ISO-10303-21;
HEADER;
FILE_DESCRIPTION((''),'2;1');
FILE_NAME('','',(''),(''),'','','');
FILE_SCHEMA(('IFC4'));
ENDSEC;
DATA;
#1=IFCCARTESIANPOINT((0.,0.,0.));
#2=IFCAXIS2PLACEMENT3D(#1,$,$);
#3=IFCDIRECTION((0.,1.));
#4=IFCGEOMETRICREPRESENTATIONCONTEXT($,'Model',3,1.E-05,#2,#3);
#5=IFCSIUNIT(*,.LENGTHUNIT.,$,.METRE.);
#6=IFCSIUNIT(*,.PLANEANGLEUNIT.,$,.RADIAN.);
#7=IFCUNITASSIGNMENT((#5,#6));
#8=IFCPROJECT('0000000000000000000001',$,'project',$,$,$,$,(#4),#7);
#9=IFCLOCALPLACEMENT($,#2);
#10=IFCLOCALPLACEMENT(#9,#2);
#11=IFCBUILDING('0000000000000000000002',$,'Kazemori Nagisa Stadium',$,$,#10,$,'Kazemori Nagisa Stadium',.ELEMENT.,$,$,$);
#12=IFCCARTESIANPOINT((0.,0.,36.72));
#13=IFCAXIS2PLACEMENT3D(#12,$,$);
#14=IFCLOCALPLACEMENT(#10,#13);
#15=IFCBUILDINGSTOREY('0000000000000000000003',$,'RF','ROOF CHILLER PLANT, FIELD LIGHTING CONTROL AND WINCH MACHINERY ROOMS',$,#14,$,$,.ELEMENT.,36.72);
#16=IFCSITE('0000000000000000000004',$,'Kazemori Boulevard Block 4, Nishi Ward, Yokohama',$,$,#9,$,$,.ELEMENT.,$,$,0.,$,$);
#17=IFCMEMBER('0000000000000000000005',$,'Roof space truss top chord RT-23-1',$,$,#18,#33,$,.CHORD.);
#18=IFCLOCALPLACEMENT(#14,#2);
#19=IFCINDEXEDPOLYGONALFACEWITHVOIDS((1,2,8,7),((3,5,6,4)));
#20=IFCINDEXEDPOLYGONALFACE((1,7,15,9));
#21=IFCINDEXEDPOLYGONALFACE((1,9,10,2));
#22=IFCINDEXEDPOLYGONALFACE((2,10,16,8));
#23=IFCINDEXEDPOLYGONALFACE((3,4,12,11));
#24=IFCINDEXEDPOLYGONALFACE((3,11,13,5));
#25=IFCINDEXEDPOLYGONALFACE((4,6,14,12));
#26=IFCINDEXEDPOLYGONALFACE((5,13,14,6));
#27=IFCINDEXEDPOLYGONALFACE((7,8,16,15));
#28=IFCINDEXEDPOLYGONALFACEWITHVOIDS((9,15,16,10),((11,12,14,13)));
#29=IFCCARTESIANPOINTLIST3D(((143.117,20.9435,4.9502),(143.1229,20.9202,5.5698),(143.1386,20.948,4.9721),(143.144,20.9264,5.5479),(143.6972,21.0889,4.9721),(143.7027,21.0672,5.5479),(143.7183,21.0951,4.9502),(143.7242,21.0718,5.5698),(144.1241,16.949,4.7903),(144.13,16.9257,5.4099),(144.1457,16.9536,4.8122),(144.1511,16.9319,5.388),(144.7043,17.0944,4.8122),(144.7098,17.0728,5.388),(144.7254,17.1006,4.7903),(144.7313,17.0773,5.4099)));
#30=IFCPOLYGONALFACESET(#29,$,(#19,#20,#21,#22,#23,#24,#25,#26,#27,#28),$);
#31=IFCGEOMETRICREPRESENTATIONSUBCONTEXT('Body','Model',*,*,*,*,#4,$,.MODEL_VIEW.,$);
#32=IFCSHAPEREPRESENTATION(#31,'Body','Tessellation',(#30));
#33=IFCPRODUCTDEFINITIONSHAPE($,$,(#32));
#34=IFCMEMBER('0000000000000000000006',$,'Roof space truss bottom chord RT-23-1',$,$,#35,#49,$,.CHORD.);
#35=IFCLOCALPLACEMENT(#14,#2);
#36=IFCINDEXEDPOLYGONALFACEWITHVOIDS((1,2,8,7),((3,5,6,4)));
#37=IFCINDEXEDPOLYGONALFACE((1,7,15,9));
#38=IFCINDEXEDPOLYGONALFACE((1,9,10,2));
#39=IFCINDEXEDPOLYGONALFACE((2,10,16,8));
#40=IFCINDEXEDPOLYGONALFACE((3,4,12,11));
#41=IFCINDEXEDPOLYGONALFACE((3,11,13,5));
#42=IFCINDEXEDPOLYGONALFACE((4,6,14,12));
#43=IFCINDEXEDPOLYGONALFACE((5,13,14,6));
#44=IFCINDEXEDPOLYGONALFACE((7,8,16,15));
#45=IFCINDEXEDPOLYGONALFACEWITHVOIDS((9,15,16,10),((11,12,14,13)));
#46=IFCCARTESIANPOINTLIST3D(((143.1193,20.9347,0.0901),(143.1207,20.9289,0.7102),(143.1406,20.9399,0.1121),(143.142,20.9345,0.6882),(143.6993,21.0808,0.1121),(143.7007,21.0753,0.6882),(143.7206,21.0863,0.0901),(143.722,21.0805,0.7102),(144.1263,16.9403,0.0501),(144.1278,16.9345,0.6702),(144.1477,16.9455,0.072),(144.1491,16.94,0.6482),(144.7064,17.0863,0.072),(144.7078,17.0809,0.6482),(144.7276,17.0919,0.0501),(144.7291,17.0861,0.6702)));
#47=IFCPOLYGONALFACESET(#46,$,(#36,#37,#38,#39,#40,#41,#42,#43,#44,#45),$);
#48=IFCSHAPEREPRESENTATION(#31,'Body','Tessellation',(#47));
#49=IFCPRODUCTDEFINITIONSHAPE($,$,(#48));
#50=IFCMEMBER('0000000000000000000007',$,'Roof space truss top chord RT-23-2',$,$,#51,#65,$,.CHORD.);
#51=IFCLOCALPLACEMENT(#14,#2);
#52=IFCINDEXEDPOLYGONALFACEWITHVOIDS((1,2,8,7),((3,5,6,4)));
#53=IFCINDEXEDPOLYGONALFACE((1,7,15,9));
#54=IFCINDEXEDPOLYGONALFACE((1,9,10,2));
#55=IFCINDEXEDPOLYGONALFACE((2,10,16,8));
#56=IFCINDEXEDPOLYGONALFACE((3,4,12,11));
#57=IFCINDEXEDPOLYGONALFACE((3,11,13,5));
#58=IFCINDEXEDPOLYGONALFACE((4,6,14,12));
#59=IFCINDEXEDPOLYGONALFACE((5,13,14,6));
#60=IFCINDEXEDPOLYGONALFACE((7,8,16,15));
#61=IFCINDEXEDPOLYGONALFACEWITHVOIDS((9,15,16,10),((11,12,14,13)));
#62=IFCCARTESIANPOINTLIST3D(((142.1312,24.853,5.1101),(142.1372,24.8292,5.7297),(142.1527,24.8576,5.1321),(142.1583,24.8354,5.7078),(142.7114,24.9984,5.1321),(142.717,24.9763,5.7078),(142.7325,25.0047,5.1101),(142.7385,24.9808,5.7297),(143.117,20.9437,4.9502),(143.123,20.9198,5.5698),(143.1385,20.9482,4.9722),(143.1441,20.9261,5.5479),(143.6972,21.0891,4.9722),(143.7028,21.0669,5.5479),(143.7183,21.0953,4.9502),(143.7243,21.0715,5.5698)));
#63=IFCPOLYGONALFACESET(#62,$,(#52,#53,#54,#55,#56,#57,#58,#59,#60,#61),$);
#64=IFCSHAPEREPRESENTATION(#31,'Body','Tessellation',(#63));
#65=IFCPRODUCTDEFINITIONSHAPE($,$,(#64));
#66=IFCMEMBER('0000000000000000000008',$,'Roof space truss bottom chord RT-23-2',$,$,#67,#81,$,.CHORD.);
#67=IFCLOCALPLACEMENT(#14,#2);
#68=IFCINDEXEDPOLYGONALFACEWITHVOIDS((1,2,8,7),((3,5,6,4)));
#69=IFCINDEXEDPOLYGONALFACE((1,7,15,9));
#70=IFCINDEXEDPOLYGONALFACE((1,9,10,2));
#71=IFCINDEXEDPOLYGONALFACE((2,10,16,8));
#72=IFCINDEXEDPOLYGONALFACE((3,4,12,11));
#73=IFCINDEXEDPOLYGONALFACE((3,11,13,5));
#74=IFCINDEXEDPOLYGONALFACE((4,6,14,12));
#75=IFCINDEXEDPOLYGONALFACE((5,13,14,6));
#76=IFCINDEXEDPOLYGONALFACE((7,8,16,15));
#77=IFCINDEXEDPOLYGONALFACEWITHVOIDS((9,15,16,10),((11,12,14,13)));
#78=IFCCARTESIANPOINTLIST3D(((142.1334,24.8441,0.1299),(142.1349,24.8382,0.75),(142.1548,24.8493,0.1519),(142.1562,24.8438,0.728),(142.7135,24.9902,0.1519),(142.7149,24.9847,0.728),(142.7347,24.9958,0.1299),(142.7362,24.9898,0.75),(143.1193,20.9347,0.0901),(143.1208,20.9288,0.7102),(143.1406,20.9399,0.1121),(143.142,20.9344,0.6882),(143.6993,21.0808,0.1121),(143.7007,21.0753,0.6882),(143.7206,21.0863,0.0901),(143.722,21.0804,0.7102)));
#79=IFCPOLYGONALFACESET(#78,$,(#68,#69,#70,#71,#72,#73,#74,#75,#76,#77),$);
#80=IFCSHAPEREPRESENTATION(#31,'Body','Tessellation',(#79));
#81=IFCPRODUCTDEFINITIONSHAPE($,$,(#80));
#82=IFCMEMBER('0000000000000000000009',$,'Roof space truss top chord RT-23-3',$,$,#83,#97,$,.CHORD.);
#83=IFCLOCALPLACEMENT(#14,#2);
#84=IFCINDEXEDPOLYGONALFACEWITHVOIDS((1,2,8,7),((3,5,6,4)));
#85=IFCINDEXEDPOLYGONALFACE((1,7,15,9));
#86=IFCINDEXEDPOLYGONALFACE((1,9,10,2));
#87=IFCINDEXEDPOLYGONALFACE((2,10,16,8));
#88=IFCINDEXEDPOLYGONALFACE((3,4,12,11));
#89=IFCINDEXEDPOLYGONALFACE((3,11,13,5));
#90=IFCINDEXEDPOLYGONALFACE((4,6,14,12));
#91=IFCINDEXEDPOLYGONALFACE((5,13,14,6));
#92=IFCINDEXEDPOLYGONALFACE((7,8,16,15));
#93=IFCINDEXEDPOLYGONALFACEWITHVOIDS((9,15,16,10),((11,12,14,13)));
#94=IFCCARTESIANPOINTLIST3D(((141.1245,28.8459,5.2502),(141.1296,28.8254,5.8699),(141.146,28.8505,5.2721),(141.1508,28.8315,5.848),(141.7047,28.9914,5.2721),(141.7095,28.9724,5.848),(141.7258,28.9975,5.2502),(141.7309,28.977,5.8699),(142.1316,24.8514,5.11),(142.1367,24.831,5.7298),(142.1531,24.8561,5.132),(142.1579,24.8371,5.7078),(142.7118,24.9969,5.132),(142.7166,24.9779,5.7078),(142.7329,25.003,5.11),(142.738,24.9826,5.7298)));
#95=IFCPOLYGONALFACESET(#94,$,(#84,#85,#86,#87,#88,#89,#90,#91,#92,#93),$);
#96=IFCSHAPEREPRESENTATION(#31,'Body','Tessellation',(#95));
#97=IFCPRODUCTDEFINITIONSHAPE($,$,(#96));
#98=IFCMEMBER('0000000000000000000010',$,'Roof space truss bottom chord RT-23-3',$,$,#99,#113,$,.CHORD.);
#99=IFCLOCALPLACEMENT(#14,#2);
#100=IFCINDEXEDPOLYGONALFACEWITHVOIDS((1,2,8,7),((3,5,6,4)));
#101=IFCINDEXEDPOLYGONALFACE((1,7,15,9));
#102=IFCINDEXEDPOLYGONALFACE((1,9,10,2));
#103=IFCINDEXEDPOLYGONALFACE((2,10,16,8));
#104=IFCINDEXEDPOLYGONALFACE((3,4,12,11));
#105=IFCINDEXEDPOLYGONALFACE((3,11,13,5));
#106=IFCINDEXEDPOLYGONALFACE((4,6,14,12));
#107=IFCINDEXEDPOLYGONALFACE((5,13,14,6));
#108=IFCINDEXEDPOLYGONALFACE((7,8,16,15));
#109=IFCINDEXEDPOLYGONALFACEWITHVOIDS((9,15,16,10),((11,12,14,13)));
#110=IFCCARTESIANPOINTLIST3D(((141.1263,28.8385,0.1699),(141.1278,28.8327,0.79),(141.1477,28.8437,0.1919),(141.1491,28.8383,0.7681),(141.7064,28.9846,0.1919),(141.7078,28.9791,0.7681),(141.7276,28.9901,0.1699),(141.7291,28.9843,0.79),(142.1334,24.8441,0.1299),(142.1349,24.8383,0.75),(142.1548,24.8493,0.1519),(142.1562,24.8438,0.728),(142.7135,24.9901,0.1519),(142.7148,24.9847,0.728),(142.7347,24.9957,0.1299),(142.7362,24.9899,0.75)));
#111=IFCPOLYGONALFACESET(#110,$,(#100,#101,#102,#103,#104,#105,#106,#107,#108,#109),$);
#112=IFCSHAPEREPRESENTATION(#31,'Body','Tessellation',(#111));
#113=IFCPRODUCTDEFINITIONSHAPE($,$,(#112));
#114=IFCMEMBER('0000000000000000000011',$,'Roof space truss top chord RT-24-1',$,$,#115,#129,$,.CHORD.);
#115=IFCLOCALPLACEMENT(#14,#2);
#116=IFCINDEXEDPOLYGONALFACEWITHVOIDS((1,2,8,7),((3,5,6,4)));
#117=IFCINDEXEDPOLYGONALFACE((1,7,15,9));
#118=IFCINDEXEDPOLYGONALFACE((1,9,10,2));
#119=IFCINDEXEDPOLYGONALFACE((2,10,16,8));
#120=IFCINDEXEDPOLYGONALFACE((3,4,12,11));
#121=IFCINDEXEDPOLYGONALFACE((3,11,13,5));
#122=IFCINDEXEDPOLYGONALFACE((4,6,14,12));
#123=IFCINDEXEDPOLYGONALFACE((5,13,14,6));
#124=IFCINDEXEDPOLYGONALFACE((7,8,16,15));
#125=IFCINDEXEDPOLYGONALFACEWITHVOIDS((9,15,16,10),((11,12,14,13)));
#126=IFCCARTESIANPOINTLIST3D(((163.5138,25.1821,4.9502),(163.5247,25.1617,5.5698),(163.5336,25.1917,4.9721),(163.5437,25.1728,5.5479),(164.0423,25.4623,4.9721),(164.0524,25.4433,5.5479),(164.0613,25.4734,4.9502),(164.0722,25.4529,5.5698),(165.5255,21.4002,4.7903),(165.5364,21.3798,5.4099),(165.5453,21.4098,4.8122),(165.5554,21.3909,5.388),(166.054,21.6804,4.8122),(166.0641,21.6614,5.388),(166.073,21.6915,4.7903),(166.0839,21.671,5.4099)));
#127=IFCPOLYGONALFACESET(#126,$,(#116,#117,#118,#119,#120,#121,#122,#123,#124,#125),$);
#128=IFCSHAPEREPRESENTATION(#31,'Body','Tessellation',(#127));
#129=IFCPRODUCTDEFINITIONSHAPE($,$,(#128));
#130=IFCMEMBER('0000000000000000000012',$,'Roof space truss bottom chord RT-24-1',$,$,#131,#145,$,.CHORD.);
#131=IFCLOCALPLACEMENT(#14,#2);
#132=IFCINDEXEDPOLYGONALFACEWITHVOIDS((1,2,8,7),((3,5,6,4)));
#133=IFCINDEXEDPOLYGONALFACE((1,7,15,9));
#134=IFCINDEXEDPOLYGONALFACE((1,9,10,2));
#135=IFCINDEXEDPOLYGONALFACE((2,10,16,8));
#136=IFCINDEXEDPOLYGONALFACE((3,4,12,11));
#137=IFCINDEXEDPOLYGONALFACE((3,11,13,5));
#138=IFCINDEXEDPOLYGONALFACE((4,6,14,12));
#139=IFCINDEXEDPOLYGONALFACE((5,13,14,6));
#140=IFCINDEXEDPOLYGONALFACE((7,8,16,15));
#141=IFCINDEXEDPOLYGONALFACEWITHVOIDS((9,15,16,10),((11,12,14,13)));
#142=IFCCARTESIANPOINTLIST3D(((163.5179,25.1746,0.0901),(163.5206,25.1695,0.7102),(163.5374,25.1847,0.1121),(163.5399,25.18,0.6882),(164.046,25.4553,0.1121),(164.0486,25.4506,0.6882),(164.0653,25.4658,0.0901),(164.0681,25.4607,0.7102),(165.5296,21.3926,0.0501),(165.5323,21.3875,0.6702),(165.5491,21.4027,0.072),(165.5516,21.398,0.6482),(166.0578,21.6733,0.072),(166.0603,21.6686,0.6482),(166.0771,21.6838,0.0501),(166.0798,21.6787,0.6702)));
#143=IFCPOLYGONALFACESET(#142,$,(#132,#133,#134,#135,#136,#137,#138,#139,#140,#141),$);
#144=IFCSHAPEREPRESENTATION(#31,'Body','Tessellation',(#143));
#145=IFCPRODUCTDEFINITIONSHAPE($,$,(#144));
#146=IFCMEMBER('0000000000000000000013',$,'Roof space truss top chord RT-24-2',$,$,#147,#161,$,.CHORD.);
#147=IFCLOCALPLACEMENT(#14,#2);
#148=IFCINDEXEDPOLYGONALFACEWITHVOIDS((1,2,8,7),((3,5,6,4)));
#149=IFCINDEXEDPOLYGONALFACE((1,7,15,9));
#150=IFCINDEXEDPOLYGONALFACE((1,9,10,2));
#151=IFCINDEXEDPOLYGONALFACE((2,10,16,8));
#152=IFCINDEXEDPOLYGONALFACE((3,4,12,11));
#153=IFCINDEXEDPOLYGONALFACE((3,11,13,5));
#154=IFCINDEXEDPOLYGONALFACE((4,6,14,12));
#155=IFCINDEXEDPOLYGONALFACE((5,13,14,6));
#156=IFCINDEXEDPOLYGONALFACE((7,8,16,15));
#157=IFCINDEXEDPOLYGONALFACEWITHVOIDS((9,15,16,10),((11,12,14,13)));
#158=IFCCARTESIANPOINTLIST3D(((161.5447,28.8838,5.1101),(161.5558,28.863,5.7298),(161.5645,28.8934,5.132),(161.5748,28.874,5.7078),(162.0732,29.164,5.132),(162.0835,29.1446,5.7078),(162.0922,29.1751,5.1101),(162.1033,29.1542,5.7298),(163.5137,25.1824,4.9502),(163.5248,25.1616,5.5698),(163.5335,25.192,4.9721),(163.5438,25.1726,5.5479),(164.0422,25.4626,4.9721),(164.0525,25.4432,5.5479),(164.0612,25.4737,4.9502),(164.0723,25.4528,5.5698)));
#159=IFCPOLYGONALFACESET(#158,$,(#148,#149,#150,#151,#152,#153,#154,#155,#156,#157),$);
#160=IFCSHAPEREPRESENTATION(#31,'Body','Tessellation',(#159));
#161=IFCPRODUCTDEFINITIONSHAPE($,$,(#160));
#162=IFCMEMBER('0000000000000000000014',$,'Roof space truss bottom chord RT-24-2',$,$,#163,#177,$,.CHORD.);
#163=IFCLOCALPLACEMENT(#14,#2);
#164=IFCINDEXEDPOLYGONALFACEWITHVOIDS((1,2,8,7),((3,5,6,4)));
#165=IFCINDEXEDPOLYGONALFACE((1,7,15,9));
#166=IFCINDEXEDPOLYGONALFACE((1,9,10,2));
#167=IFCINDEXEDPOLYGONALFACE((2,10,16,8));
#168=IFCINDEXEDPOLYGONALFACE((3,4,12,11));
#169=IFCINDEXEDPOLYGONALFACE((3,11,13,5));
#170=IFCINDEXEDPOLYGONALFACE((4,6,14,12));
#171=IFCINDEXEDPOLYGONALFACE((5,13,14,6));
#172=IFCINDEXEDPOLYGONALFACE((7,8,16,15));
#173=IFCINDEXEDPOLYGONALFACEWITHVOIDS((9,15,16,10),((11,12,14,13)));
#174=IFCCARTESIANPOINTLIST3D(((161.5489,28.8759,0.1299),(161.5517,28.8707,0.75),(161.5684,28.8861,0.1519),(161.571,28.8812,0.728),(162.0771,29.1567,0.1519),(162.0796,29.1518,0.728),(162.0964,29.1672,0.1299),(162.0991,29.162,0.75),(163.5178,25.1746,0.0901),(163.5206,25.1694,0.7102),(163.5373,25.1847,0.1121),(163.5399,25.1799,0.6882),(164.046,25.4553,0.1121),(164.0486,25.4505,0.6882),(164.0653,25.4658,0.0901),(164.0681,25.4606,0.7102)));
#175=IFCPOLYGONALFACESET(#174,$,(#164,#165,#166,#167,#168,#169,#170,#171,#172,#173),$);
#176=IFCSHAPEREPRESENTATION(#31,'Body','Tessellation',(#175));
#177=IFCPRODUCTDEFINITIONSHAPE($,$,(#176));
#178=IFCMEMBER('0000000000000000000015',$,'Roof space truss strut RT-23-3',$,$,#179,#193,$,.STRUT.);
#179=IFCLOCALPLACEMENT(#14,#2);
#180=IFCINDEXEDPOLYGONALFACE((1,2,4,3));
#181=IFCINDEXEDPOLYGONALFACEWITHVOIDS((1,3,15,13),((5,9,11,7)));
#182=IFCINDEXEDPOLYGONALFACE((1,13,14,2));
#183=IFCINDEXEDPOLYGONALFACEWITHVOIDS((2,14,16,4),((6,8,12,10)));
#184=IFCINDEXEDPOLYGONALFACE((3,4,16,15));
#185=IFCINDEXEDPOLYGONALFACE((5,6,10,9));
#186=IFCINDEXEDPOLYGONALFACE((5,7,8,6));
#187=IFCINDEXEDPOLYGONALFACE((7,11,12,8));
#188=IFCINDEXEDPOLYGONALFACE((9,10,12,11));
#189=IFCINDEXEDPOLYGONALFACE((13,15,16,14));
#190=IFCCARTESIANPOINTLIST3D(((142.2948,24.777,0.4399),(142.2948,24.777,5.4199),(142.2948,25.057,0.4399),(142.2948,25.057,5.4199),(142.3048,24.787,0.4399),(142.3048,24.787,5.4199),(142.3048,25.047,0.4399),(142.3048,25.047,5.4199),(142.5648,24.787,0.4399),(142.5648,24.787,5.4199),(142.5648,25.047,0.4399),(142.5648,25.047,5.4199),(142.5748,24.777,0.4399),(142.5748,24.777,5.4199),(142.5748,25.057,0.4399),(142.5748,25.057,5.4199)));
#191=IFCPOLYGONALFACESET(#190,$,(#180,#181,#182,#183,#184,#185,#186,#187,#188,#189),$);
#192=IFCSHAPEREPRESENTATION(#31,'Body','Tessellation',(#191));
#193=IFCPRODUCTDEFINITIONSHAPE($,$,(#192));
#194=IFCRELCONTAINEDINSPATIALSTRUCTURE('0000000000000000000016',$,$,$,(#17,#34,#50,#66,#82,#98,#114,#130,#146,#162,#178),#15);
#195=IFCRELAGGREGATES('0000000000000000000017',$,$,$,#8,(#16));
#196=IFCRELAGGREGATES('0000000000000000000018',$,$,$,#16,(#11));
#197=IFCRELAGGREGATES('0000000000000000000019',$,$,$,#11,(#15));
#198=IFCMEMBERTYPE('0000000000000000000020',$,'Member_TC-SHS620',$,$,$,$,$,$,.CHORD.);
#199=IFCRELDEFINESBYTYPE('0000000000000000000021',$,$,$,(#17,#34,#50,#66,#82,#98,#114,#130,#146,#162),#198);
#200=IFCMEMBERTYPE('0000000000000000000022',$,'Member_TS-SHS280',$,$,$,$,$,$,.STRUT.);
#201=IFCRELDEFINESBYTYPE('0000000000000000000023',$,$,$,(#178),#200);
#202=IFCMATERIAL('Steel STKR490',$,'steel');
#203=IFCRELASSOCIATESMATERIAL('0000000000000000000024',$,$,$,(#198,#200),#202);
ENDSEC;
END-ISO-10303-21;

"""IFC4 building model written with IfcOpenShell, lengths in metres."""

from ifc_helpers import new_model, si_unit, direction, frame, origin, origin_2d, place, context, subcontext, project, spatial, hollow_rectangle, extrude, material, material_profile, profile_set, type_object, element, save


model = new_model("IFC4")

# Units and contexts
model_context = context("Model", 3, precision=1e-05, world=origin(), true_north=direction((0.0, 1.0)))
body_context = subcontext(model_context, "Body", "Model", "MODEL_VIEW")
ifc_project = project(units=[si_unit("LENGTHUNIT", "METRE"), si_unit("PLANEANGLEUNIT", "RADIAN")], contexts=[model_context])

# Site, building, storey
site_placement = place(None, origin())
site = spatial("IfcSite", under=ifc_project, at=site_placement, Name="Kazemori Boulevard Block 4, Nishi Ward, Yokohama", CompositionType="ELEMENT", RefElevation=0.0)
building_placement = place(site_placement, origin())
building = spatial("IfcBuilding", under=site, at=building_placement, Name="Kazemori Nagisa Stadium", LongName="Kazemori Nagisa Stadium", CompositionType="ELEMENT")
storey_placement = place(building_placement, frame((0.0, 0.0, 36.72)))
storey = spatial("IfcBuildingStorey", under=building, at=storey_placement, Name="RF", Description="ROOF CHILLER PLANT, FIELD LIGHTING CONTROL AND WINCH MACHINERY ROOMS", CompositionType="ELEMENT", Elevation=36.72)

# Members
ifc_material_1 = material(Name="Steel STKR490", Category="steel")
ifc_material_profile_1 = material_profile(ifc_material_1, hollow_rectangle(XDim=0.6201, YDim=0.6201, WallThickness=0.022, at=origin_2d()), Name="SHS-620x620x22")
ifc_profile_set_1 = profile_set([ifc_material_profile_1], Name="Steel STKR490")
member_type_1 = type_object("IfcMemberType", Name="Member_TC-SHS620", PredefinedType="CHORD", material=ifc_profile_set_1)
member_1_placement = place(storey_placement, frame((144.4277, 17.0132, 5.1001), z_axis=(-0.24429, 0.968926, 0.03879), x_axis=(-0.969656, -0.244473, 0.0)))
element("IfcMember", 1, at=member_1_placement, inside=storey, type_object=member_type_1, Name="Roof space truss top chord RT-23-1", PredefinedType="CHORD", context=body_context, shape_type="SweptSolid", body=[
    extrude(hollow_rectangle(XDim=0.6201, YDim=0.6201, WallThickness=0.022, at=origin_2d()), origin(), (0.0, 0.0, 1.0), 4.1226),
])
member_2_placement = place(storey_placement, frame((144.4277, 17.0132, 0.3601), z_axis=(-0.244462, 0.96961, 0.009719), x_axis=(-0.969656, -0.244473, 0.0)))
element("IfcMember", 2, at=member_2_placement, inside=storey, type_object=member_type_1, Name="Roof space truss bottom chord RT-23-1", PredefinedType="CHORD", context=body_context, shape_type="SweptSolid", body=[
    extrude(hollow_rectangle(XDim=0.6201, YDim=0.6201, WallThickness=0.022, at=origin_2d()), origin(), (0.0, 0.0, 1.0), 4.1196),
])
member_3_placement = place(storey_placement, frame((143.4207, 21.0076, 5.26), z_axis=(-0.244323, 0.968884, 0.039631), x_axis=(-0.969645, -0.244516, 0.0)))
element("IfcMember", 3, at=member_3_placement, inside=storey, type_object=member_type_1, Name="Roof space truss top chord RT-23-2", PredefinedType="CHORD", context=body_context, shape_type="SweptSolid", body=[
    extrude(hollow_rectangle(XDim=0.6201, YDim=0.6201, WallThickness=0.022, at=origin_2d()), origin(), (0.0, 0.0, 1.0), 4.0349),
])
member_4_placement = place(storey_placement, frame((143.4207, 21.0076, 0.4001), z_axis=(-0.244504, 0.969598, 0.00987), x_axis=(-0.969645, -0.244516, 0.0)))
element("IfcMember", 4, at=member_4_placement, inside=storey, type_object=member_type_1, Name="Roof space truss bottom chord RT-23-2", PredefinedType="CHORD", context=body_context, shape_type="SweptSolid", body=[
    extrude(hollow_rectangle(XDim=0.6201, YDim=0.6201, WallThickness=0.022, at=origin_2d()), origin(), (0.0, 0.0, 1.0), 4.032),
])
member_5_placement = place(storey_placement, frame((142.4348, 24.917, 5.4199), z_axis=(-0.244332, 0.969095, 0.033999), x_axis=(-0.969656, -0.244473, 0.0)))
element("IfcMember", 5, at=member_5_placement, inside=storey, type_object=member_type_1, Name="Roof space truss top chord RT-23-3", PredefinedType="CHORD", context=body_context, shape_type="SweptSolid", body=[
    extrude(hollow_rectangle(XDim=0.6201, YDim=0.6201, WallThickness=0.022, at=origin_2d()), origin(), (0.0, 0.0, 1.0), 4.1218),
])
member_6_placement = place(storey_placement, frame((142.4348, 24.917, 0.4399), z_axis=(-0.244462, 0.96961, 0.009719), x_axis=(-0.969656, -0.244473, 0.0)))
element("IfcMember", 6, at=member_6_placement, inside=storey, type_object=member_type_1, Name="Roof space truss bottom chord RT-23-3", PredefinedType="CHORD", context=body_context, shape_type="SweptSolid", body=[
    extrude(hollow_rectangle(XDim=0.6201, YDim=0.6201, WallThickness=0.022, at=origin_2d()), origin(), (0.0, 0.0, 1.0), 4.1196),
])
member_7_placement = place(storey_placement, frame((165.8047, 21.5356, 5.1001), z_axis=(-0.469291, 0.882255, 0.037304), x_axis=(-0.88287, -0.469618, 0.0)))
element("IfcMember", 7, at=member_7_placement, inside=storey, type_object=member_type_1, Name="Roof space truss top chord RT-24-1", PredefinedType="CHORD", context=body_context, shape_type="SweptSolid", body=[
    extrude(hollow_rectangle(XDim=0.6201, YDim=0.6201, WallThickness=0.022, at=origin_2d()), origin(), (0.0, 0.0, 1.0), 4.2866),
])
member_8_placement = place(storey_placement, frame((165.8047, 21.5356, 0.3601), z_axis=(-0.469597, 0.882831, 0.009346), x_axis=(-0.88287, -0.469618, 0.0)))
element("IfcMember", 8, at=member_8_placement, inside=storey, type_object=member_type_1, Name="Roof space truss bottom chord RT-24-1", PredefinedType="CHORD", context=body_context, shape_type="SweptSolid", body=[
    extrude(hollow_rectangle(XDim=0.6201, YDim=0.6201, WallThickness=0.022, at=origin_2d()), origin(), (0.0, 0.0, 1.0), 4.2839),
])
member_9_placement = place(storey_placement, frame((163.793, 25.3176, 5.26), z_axis=(-0.469301, 0.882215, 0.038114), x_axis=(-0.882857, -0.469642, 0.0)))
element("IfcMember", 9, at=member_9_placement, inside=storey, type_object=member_type_1, Name="Roof space truss top chord RT-24-2", PredefinedType="CHORD", context=body_context, shape_type="SweptSolid", body=[
    extrude(hollow_rectangle(XDim=0.6201, YDim=0.6201, WallThickness=0.022, at=origin_2d()), origin(), (0.0, 0.0, 1.0), 4.1956),
])
member_10_placement = place(storey_placement, frame((163.793, 25.3176, 0.4001), z_axis=(-0.469621, 0.882817, 0.009491), x_axis=(-0.882857, -0.469642, 0.0)))
element("IfcMember", 10, at=member_10_placement, inside=storey, type_object=member_type_1, Name="Roof space truss bottom chord RT-24-2", PredefinedType="CHORD", context=body_context, shape_type="SweptSolid", body=[
    extrude(hollow_rectangle(XDim=0.6201, YDim=0.6201, WallThickness=0.022, at=origin_2d()), origin(), (0.0, 0.0, 1.0), 4.1926),
])
ifc_material_profile_2 = material_profile(ifc_material_1, hollow_rectangle(XDim=0.28, YDim=0.28, WallThickness=0.01, at=origin_2d()), Name="SHS-280x280x10")
ifc_profile_set_2 = profile_set([ifc_material_profile_2], Name="Steel STKR490")
member_type_2 = type_object("IfcMemberType", Name="Member_TS-SHS280", PredefinedType="STRUT", material=ifc_profile_set_2)
member_11_placement = place(storey_placement, frame((142.4348, 24.917, 0.4399), z_axis=(0.0, 0.0, 1.0), x_axis=(1.0, 0.0, 0.0)))
element("IfcMember", 11, at=member_11_placement, inside=storey, type_object=member_type_2, Name="Roof space truss strut RT-23-3", PredefinedType="STRUT", context=body_context, shape_type="SweptSolid", body=[
    extrude(hollow_rectangle(XDim=0.28, YDim=0.28, WallThickness=0.01, at=origin_2d()), origin(), (0.0, 0.0, 1.0), 4.98),
])

save(model, "model.ifc")
